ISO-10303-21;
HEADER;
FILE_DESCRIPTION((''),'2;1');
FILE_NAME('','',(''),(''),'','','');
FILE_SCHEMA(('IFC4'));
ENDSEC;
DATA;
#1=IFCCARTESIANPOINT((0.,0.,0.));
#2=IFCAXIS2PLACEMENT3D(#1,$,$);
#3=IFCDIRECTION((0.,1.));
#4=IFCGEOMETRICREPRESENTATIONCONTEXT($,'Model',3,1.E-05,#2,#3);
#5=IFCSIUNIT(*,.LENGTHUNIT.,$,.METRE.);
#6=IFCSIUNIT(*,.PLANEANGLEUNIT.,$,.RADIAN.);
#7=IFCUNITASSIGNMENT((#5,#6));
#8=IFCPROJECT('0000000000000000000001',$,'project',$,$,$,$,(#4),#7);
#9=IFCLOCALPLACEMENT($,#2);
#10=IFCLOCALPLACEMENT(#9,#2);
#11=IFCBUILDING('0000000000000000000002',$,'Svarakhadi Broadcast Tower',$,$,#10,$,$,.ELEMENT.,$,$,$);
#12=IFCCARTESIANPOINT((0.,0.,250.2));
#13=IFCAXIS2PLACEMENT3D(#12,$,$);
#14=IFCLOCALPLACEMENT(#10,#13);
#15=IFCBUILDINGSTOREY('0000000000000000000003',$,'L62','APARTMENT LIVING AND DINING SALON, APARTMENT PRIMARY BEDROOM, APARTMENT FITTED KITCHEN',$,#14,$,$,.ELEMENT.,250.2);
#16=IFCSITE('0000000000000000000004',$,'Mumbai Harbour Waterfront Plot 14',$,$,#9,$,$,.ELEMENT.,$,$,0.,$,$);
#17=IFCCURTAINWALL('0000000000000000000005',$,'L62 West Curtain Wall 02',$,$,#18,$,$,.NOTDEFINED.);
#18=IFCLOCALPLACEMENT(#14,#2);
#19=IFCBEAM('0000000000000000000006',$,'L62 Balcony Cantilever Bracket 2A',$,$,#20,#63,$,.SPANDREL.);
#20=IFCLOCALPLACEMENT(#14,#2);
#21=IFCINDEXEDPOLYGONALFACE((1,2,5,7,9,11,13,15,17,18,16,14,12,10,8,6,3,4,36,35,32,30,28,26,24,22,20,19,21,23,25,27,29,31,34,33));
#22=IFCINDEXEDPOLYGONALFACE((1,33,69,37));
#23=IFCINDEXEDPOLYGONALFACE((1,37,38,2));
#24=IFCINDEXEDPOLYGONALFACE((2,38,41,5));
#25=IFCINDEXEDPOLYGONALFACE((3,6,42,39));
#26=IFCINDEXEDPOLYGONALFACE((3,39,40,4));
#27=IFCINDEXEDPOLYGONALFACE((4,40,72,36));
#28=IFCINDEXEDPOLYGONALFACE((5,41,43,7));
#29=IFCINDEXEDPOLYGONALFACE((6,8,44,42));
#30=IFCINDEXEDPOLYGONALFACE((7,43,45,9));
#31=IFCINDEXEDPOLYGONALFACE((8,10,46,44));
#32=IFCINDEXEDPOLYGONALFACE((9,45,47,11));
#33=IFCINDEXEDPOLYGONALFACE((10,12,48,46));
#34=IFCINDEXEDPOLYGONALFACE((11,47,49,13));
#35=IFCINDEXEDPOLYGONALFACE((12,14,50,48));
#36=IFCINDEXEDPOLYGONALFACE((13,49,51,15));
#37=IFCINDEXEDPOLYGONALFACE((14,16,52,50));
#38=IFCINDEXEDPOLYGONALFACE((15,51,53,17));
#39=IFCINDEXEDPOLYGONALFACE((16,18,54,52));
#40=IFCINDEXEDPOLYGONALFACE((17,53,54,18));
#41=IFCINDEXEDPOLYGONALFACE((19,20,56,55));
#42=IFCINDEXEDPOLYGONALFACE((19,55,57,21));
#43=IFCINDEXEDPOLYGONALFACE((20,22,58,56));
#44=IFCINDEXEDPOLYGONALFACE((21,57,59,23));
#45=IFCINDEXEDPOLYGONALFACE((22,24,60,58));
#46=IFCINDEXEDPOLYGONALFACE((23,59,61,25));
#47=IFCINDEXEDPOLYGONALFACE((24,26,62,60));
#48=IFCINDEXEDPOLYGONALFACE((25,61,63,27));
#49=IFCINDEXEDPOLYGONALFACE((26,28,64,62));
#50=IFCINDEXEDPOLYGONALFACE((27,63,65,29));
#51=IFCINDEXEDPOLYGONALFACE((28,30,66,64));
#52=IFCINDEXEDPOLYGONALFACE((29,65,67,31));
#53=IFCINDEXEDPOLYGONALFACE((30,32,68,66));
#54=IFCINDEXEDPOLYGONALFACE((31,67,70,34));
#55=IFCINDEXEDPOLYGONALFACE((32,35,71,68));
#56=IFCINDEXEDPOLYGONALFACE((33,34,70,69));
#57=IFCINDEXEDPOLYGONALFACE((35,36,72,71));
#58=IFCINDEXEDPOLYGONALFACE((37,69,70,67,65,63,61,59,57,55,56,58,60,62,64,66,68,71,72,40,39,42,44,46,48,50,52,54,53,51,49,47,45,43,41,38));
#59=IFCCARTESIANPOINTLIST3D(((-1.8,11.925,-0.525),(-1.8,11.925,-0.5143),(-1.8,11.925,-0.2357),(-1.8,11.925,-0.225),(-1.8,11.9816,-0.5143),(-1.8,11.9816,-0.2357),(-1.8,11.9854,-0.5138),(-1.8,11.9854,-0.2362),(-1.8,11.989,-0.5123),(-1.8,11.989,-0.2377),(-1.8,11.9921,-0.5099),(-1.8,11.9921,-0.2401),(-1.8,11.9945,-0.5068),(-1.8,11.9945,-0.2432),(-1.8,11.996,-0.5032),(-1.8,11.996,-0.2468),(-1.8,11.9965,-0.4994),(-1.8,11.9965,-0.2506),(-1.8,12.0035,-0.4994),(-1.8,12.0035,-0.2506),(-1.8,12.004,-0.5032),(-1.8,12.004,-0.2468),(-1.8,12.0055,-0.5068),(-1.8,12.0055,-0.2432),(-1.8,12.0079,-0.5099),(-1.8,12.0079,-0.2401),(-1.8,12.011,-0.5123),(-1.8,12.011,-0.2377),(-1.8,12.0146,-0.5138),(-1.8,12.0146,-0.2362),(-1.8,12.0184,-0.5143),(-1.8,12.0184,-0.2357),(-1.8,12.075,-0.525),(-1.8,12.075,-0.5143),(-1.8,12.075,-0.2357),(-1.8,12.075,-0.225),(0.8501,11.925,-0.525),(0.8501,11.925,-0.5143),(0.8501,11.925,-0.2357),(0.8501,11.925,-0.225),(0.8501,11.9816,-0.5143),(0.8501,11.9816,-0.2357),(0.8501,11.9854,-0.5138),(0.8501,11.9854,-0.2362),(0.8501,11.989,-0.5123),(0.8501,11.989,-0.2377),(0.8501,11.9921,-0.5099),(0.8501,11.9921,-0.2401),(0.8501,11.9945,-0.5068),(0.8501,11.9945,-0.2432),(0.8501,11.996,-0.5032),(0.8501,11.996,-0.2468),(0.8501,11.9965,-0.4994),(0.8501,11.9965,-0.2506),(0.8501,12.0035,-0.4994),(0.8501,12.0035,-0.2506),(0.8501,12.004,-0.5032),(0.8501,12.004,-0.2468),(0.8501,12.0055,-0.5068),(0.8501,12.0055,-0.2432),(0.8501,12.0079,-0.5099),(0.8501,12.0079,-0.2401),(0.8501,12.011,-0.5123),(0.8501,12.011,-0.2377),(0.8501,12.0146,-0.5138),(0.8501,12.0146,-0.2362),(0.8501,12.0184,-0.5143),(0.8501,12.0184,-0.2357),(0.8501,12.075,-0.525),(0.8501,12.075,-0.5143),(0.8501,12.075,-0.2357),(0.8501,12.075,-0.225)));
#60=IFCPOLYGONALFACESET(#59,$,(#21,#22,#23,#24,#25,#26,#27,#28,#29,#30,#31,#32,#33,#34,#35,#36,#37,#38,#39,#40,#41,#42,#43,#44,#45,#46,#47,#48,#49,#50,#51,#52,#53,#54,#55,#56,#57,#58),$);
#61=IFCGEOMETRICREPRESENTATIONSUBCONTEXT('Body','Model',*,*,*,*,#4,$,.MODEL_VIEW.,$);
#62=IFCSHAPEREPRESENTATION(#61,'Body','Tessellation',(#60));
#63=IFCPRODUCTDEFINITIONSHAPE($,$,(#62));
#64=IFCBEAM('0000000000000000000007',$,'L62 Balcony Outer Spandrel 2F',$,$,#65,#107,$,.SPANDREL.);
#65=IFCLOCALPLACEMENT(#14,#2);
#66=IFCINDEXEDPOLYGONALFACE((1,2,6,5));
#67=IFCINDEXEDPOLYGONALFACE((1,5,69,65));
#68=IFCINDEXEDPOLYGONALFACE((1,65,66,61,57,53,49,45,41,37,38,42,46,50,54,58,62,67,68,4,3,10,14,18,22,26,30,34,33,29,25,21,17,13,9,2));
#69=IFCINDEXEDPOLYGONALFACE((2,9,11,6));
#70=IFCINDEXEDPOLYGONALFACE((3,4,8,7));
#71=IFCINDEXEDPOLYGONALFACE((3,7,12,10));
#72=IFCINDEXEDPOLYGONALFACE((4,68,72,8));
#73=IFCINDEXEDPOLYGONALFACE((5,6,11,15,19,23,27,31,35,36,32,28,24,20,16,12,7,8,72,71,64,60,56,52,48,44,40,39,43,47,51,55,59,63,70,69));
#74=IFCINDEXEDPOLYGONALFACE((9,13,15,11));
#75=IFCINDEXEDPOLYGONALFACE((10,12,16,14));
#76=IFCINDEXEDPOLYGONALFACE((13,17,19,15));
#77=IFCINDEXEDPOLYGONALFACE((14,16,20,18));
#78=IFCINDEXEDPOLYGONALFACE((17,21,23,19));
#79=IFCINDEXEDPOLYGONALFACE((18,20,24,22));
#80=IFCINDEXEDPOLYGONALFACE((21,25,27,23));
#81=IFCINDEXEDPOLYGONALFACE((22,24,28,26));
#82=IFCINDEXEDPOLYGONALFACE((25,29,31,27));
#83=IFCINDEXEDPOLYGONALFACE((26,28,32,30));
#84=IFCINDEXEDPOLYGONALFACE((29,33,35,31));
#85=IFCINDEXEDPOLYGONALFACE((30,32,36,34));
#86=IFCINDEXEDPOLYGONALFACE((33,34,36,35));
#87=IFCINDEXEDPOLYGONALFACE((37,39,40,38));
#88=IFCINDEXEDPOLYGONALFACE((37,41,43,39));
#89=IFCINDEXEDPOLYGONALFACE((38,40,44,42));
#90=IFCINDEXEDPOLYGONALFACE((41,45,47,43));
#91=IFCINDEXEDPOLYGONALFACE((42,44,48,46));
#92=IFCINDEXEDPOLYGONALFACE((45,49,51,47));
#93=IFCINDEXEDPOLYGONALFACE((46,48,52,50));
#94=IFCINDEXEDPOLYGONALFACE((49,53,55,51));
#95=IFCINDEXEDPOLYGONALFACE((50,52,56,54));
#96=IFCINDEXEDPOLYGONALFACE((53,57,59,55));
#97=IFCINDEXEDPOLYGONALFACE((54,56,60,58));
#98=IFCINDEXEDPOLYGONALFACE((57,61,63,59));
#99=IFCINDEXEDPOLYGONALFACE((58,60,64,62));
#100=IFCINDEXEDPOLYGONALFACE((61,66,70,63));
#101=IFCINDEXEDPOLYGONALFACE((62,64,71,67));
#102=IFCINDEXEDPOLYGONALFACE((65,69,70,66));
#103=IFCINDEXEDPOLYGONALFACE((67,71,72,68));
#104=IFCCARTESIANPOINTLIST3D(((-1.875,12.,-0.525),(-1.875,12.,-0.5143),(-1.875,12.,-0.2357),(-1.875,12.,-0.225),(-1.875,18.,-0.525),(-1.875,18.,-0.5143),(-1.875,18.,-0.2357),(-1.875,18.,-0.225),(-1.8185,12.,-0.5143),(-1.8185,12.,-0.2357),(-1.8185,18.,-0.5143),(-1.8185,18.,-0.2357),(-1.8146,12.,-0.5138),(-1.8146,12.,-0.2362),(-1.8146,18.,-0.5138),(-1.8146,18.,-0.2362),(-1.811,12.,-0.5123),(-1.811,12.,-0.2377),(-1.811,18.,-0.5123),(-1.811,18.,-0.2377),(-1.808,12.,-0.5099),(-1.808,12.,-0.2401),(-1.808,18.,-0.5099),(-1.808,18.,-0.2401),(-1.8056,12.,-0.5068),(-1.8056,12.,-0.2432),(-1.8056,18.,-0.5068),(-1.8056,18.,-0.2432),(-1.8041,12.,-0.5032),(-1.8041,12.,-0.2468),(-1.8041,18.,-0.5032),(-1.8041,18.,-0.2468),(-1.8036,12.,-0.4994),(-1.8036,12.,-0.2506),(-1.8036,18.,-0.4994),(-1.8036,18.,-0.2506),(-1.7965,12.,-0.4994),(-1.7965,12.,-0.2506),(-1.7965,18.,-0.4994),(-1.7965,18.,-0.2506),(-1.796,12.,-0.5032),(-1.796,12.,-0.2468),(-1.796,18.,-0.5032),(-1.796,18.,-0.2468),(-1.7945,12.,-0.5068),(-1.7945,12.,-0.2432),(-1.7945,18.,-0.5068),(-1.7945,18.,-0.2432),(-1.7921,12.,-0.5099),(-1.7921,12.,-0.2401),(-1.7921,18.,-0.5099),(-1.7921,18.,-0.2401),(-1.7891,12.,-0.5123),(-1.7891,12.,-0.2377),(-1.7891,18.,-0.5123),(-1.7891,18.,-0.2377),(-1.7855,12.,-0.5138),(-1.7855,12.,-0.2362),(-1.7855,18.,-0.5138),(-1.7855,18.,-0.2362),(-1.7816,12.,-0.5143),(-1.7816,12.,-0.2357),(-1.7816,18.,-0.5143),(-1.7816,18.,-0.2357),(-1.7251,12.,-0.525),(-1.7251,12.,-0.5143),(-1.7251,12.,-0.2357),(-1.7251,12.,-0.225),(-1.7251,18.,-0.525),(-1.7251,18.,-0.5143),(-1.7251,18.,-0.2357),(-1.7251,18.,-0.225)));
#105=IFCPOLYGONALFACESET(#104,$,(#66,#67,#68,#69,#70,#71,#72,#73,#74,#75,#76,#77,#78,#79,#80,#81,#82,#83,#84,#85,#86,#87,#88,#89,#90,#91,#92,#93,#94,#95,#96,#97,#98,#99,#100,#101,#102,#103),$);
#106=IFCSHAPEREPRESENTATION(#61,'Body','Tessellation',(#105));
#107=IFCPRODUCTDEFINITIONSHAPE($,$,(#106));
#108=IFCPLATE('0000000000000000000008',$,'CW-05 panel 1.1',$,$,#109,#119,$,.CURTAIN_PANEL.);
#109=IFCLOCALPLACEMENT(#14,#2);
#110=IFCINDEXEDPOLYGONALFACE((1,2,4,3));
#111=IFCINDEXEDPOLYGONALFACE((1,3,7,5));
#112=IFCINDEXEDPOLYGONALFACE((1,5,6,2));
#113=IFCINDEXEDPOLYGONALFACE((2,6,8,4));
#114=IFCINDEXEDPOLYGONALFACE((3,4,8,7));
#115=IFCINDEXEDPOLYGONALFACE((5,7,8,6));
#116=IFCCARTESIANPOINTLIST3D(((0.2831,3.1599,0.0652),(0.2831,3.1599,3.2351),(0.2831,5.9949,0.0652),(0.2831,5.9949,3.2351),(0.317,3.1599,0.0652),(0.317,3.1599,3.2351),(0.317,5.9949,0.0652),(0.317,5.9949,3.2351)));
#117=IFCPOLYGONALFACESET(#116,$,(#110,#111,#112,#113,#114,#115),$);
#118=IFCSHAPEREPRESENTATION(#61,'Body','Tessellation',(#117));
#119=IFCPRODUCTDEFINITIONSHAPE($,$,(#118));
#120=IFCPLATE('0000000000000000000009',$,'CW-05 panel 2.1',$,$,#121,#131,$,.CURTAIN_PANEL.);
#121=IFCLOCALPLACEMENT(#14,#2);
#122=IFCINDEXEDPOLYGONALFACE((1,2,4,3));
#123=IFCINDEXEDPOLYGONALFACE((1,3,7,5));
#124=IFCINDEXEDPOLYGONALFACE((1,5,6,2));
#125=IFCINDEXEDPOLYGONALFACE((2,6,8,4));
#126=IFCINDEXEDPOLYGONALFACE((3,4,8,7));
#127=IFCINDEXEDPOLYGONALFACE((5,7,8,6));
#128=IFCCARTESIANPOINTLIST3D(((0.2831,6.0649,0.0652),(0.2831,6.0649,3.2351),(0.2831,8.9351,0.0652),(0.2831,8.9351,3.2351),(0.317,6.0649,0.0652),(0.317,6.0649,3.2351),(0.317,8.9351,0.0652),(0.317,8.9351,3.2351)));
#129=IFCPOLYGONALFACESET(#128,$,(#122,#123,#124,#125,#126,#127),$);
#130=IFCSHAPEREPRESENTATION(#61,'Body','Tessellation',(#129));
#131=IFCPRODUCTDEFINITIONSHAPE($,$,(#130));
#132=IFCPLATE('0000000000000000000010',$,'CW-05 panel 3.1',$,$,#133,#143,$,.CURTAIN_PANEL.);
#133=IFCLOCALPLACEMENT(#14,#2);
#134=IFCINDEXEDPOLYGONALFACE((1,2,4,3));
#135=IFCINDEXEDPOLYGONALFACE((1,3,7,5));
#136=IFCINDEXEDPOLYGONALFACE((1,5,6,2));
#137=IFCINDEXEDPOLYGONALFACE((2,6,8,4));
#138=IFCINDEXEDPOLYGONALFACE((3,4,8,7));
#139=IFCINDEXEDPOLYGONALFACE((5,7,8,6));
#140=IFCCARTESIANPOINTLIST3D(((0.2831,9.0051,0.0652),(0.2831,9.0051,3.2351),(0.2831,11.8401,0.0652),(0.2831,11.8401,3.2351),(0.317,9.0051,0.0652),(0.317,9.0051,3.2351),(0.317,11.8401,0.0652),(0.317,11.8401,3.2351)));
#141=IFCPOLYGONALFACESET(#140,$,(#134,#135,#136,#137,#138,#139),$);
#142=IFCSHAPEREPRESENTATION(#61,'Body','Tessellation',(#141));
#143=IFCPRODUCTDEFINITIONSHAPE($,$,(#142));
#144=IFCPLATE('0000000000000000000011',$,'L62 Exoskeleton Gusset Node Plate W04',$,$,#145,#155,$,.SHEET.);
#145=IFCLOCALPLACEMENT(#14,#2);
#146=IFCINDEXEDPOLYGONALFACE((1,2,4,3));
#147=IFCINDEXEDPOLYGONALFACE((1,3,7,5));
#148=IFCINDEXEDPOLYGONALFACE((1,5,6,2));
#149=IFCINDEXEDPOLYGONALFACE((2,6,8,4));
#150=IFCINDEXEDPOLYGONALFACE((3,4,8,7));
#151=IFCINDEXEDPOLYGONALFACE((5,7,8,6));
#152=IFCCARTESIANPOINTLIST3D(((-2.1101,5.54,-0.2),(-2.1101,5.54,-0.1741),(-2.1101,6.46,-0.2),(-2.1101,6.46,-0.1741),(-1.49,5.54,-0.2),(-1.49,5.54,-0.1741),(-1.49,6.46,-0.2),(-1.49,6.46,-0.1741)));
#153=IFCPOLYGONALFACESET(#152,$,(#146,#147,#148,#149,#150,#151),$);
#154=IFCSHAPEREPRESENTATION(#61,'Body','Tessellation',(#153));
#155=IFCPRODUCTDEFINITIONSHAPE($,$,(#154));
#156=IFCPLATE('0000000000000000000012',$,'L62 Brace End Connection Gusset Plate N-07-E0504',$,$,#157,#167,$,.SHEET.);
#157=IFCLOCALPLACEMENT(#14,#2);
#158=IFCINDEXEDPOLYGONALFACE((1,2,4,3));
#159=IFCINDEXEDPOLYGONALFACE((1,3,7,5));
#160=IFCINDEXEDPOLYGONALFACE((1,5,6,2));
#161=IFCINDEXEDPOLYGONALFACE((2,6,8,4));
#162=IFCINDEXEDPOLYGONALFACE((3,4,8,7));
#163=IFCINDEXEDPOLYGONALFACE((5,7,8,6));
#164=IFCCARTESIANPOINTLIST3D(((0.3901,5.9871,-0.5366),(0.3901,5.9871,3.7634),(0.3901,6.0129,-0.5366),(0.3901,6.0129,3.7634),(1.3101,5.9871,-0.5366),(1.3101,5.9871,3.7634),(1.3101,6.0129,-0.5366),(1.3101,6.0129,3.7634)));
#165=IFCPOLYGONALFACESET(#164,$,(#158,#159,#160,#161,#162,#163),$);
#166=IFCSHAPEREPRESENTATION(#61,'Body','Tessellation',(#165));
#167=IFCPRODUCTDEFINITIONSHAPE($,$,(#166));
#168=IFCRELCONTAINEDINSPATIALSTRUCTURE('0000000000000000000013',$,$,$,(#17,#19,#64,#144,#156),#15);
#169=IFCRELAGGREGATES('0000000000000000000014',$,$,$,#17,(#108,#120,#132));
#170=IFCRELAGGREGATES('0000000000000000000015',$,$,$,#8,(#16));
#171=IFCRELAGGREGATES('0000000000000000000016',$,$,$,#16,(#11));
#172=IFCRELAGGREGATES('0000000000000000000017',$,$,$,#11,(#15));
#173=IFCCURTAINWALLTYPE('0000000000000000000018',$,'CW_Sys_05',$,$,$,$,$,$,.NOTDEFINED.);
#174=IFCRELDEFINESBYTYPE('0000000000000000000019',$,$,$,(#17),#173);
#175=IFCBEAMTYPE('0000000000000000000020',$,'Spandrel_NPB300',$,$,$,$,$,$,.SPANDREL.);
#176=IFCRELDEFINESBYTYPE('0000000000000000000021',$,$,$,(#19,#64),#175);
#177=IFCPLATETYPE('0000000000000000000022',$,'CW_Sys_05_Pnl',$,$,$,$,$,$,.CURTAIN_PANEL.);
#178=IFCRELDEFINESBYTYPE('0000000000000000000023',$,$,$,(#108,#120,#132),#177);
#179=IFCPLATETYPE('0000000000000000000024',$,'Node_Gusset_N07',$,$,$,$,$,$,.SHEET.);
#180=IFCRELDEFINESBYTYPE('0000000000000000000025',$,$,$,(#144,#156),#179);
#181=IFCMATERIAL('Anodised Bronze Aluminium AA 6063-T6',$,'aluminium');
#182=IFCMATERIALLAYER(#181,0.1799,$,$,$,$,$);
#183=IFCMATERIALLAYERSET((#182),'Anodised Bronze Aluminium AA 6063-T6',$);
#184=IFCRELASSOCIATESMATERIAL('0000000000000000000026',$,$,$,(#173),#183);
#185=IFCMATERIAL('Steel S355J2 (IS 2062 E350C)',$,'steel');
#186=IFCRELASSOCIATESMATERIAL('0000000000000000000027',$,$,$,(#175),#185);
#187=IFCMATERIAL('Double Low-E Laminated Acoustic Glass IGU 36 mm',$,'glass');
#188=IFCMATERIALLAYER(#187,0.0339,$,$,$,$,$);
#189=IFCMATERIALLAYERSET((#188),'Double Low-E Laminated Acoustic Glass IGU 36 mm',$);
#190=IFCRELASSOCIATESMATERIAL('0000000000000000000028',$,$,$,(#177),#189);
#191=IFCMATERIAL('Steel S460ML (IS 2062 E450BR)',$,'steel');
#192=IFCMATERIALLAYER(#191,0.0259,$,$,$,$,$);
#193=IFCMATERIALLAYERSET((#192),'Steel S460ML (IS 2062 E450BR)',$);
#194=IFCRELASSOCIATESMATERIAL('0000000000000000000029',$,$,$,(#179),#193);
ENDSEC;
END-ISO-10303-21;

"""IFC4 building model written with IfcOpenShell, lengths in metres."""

from ifc_helpers import new_model, si_unit, direction, frame, origin, origin_2d, place, context, subcontext, project, spatial, rectangle, i_section, extrude, material, layer, layer_set, material_profile, profile_set, type_object, element, aggregate, save


model = new_model("IFC4")

# Units and contexts
model_context = context("Model", 3, precision=1e-05, world=origin(), true_north=direction((0.0, 1.0)))
body_context = subcontext(model_context, "Body", "Model", "MODEL_VIEW")
ifc_project = project(units=[si_unit("LENGTHUNIT", "METRE"), si_unit("PLANEANGLEUNIT", "RADIAN")], contexts=[model_context])

# Site, building, storey
site_placement = place(None, origin())
site = spatial("IfcSite", under=ifc_project, at=site_placement, Name="Mumbai Harbour Waterfront Plot 14", CompositionType="ELEMENT", RefElevation=0.0)
building_placement = place(site_placement, origin())
building = spatial("IfcBuilding", under=site, at=building_placement, Name="Svarakhadi Broadcast Tower", CompositionType="ELEMENT")
storey_placement = place(building_placement, frame((0.0, 0.0, 250.2)))
storey = spatial("IfcBuildingStorey", under=building, at=storey_placement, Name="L62", Description="APARTMENT LIVING AND DINING SALON, APARTMENT PRIMARY BEDROOM, APARTMENT FITTED KITCHEN", CompositionType="ELEMENT", Elevation=250.2)

# Shared definitions
ifc_material_1 = material(Name="Steel S460ML (IS 2062 E450BR)", Category="steel")

# Shared definitions
ifc_material_2 = material(Name="Steel S355J2 (IS 2062 E350C)", Category="steel")

# Curtain wall
ifc_material_3 = material(Name="Anodised Bronze Aluminium AA 6063-T6", Category="aluminium")
ifc_layer_1 = layer(ifc_material_3, 0.1799)
ifc_layer_set_1 = layer_set([ifc_layer_1], Name="Anodised Bronze Aluminium AA 6063-T6")
curtain_wall_type = type_object("IfcCurtainWallType", Name="CW_Sys_05", PredefinedType="NOTDEFINED", material=ifc_layer_set_1)
curtain_wall_placement = place(storey_placement, origin())
curtain_wall = element("IfcCurtainWall", 1, at=curtain_wall_placement, inside=storey, type_object=curtain_wall_type, Name="L62 West Curtain Wall 02", PredefinedType="NOTDEFINED")

# Beams
ifc_material_profile_1 = material_profile(ifc_material_2, i_section(OverallWidth=0.1499, OverallDepth=0.3, WebThickness=0.0071, FlangeThickness=0.0107, FilletRadius=0.0149, at=origin_2d()), Name="NPB 300x150x37")
ifc_profile_set_1 = profile_set([ifc_material_profile_1], Name="Steel S355J2 (IS 2062 E350C)")
beam_type_1 = type_object("IfcBeamType", Name="Spandrel_NPB300", PredefinedType="SPANDREL", material=ifc_profile_set_1)
beam_1_placement = place(storey_placement, frame((0.8501, 12.0, -0.375), z_axis=(-1.0, 0.0, 0.0), x_axis=(0.0, -1.0, 0.0)))
element("IfcBeam", 2, at=beam_1_placement, inside=storey, type_object=beam_type_1, Name="L62 Balcony Cantilever Bracket 2A", PredefinedType="SPANDREL", context=body_context, shape_type="SweptSolid", body=[
    extrude(i_section(OverallWidth=0.1499, OverallDepth=0.3, WebThickness=0.0071, FlangeThickness=0.0107, FilletRadius=0.0149, at=origin_2d()), origin(), (0.0, 0.0, 1.0), 2.6501),
])
beam_2_placement = place(storey_placement, frame((-1.8, 12.0, -0.375), z_axis=(0.0, 1.0, 0.0), x_axis=(-1.0, 0.0, 0.0)))
element("IfcBeam", 3, at=beam_2_placement, inside=storey, type_object=beam_type_1, Name="L62 Balcony Outer Spandrel 2F", PredefinedType="SPANDREL", context=body_context, shape_type="SweptSolid", body=[
    extrude(i_section(OverallWidth=0.1499, OverallDepth=0.3, WebThickness=0.0071, FlangeThickness=0.0107, FilletRadius=0.0149, at=origin_2d()), origin(), (0.0, 0.0, 1.0), 6.0),
])

# Plates
ifc_material_4 = material(Name="Double Low-E Laminated Acoustic Glass IGU 36 mm", Category="glass")
ifc_layer_2 = layer(ifc_material_4, 0.0339)
ifc_layer_set_2 = layer_set([ifc_layer_2], Name="Double Low-E Laminated Acoustic Glass IGU 36 mm")
plate_type_1 = type_object("IfcPlateType", Name="CW_Sys_05_Pnl", PredefinedType="CURTAIN_PANEL", material=ifc_layer_set_2)
plate_1_placement = place(storey_placement, frame((0.3, 4.5774, 0.0652), z_axis=(0.0, 0.0, 1.0), x_axis=(0.0, 1.0, 0.0)))
plate_1 = element("IfcPlate", 4, at=plate_1_placement, type_object=plate_type_1, Name="CW-05 panel 1.1", PredefinedType="CURTAIN_PANEL", context=body_context, shape_type="SweptSolid", body=[
    extrude(rectangle(XDim=2.835, YDim=0.0339, at=origin_2d()), origin(), (0.0, 0.0, 1.0), 3.1699),
])
plate_2_placement = place(storey_placement, frame((0.3, 7.5, 0.0652), z_axis=(0.0, 0.0, 1.0), x_axis=(0.0, 1.0, 0.0)))
plate_2 = element("IfcPlate", 5, at=plate_2_placement, type_object=plate_type_1, Name="CW-05 panel 2.1", PredefinedType="CURTAIN_PANEL", context=body_context, shape_type="SweptSolid", body=[
    extrude(rectangle(XDim=2.8701, YDim=0.0339, at=origin_2d()), origin(), (0.0, 0.0, 1.0), 3.1699),
])
plate_3_placement = place(storey_placement, frame((0.3, 10.4226, 0.0652), z_axis=(0.0, 0.0, 1.0), x_axis=(0.0, 1.0, 0.0)))
plate_3 = element("IfcPlate", 6, at=plate_3_placement, type_object=plate_type_1, Name="CW-05 panel 3.1", PredefinedType="CURTAIN_PANEL", context=body_context, shape_type="SweptSolid", body=[
    extrude(rectangle(XDim=2.835, YDim=0.0339, at=origin_2d()), origin(), (0.0, 0.0, 1.0), 3.1699),
])
aggregate(curtain_wall, [plate_1, plate_2, plate_3])

# Plates
ifc_layer_3 = layer(ifc_material_1, 0.0259)
ifc_layer_set_3 = layer_set([ifc_layer_3], Name="Steel S460ML (IS 2062 E450BR)")
plate_type_2 = type_object("IfcPlateType", Name="Node_Gusset_N07", PredefinedType="SHEET", material=ifc_layer_set_3)
plate_4_placement = place(storey_placement, frame((-1.8, 6.0, -0.2), z_axis=(0.0, 0.0, 1.0), x_axis=(0.0, 1.0, 0.0)))
element("IfcPlate", 7, at=plate_4_placement, inside=storey, type_object=plate_type_2, Name="L62 Exoskeleton Gusset Node Plate W04", PredefinedType="SHEET", context=body_context, shape_type="SweptSolid", body=[
    extrude(rectangle(XDim=0.9199, YDim=0.6201, at=origin_2d()), origin(), (0.0, 0.0, 1.0), 0.0259),
])
plate_5_placement = place(storey_placement, frame((0.8501, 6.0, -0.5366), z_axis=(0.0, 0.0, 1.0), x_axis=(1.0, 0.0, 0.0)))
element("IfcPlate", 8, at=plate_5_placement, inside=storey, type_object=plate_type_2, Name="L62 Brace End Connection Gusset Plate N-07-E0504", PredefinedType="SHEET", context=body_context, shape_type="SweptSolid", body=[
    extrude(rectangle(XDim=0.9199, YDim=0.0259, at=origin_2d()), origin(), (0.0, 0.0, 1.0), 4.3),
])

save(model, "model.ifc")
